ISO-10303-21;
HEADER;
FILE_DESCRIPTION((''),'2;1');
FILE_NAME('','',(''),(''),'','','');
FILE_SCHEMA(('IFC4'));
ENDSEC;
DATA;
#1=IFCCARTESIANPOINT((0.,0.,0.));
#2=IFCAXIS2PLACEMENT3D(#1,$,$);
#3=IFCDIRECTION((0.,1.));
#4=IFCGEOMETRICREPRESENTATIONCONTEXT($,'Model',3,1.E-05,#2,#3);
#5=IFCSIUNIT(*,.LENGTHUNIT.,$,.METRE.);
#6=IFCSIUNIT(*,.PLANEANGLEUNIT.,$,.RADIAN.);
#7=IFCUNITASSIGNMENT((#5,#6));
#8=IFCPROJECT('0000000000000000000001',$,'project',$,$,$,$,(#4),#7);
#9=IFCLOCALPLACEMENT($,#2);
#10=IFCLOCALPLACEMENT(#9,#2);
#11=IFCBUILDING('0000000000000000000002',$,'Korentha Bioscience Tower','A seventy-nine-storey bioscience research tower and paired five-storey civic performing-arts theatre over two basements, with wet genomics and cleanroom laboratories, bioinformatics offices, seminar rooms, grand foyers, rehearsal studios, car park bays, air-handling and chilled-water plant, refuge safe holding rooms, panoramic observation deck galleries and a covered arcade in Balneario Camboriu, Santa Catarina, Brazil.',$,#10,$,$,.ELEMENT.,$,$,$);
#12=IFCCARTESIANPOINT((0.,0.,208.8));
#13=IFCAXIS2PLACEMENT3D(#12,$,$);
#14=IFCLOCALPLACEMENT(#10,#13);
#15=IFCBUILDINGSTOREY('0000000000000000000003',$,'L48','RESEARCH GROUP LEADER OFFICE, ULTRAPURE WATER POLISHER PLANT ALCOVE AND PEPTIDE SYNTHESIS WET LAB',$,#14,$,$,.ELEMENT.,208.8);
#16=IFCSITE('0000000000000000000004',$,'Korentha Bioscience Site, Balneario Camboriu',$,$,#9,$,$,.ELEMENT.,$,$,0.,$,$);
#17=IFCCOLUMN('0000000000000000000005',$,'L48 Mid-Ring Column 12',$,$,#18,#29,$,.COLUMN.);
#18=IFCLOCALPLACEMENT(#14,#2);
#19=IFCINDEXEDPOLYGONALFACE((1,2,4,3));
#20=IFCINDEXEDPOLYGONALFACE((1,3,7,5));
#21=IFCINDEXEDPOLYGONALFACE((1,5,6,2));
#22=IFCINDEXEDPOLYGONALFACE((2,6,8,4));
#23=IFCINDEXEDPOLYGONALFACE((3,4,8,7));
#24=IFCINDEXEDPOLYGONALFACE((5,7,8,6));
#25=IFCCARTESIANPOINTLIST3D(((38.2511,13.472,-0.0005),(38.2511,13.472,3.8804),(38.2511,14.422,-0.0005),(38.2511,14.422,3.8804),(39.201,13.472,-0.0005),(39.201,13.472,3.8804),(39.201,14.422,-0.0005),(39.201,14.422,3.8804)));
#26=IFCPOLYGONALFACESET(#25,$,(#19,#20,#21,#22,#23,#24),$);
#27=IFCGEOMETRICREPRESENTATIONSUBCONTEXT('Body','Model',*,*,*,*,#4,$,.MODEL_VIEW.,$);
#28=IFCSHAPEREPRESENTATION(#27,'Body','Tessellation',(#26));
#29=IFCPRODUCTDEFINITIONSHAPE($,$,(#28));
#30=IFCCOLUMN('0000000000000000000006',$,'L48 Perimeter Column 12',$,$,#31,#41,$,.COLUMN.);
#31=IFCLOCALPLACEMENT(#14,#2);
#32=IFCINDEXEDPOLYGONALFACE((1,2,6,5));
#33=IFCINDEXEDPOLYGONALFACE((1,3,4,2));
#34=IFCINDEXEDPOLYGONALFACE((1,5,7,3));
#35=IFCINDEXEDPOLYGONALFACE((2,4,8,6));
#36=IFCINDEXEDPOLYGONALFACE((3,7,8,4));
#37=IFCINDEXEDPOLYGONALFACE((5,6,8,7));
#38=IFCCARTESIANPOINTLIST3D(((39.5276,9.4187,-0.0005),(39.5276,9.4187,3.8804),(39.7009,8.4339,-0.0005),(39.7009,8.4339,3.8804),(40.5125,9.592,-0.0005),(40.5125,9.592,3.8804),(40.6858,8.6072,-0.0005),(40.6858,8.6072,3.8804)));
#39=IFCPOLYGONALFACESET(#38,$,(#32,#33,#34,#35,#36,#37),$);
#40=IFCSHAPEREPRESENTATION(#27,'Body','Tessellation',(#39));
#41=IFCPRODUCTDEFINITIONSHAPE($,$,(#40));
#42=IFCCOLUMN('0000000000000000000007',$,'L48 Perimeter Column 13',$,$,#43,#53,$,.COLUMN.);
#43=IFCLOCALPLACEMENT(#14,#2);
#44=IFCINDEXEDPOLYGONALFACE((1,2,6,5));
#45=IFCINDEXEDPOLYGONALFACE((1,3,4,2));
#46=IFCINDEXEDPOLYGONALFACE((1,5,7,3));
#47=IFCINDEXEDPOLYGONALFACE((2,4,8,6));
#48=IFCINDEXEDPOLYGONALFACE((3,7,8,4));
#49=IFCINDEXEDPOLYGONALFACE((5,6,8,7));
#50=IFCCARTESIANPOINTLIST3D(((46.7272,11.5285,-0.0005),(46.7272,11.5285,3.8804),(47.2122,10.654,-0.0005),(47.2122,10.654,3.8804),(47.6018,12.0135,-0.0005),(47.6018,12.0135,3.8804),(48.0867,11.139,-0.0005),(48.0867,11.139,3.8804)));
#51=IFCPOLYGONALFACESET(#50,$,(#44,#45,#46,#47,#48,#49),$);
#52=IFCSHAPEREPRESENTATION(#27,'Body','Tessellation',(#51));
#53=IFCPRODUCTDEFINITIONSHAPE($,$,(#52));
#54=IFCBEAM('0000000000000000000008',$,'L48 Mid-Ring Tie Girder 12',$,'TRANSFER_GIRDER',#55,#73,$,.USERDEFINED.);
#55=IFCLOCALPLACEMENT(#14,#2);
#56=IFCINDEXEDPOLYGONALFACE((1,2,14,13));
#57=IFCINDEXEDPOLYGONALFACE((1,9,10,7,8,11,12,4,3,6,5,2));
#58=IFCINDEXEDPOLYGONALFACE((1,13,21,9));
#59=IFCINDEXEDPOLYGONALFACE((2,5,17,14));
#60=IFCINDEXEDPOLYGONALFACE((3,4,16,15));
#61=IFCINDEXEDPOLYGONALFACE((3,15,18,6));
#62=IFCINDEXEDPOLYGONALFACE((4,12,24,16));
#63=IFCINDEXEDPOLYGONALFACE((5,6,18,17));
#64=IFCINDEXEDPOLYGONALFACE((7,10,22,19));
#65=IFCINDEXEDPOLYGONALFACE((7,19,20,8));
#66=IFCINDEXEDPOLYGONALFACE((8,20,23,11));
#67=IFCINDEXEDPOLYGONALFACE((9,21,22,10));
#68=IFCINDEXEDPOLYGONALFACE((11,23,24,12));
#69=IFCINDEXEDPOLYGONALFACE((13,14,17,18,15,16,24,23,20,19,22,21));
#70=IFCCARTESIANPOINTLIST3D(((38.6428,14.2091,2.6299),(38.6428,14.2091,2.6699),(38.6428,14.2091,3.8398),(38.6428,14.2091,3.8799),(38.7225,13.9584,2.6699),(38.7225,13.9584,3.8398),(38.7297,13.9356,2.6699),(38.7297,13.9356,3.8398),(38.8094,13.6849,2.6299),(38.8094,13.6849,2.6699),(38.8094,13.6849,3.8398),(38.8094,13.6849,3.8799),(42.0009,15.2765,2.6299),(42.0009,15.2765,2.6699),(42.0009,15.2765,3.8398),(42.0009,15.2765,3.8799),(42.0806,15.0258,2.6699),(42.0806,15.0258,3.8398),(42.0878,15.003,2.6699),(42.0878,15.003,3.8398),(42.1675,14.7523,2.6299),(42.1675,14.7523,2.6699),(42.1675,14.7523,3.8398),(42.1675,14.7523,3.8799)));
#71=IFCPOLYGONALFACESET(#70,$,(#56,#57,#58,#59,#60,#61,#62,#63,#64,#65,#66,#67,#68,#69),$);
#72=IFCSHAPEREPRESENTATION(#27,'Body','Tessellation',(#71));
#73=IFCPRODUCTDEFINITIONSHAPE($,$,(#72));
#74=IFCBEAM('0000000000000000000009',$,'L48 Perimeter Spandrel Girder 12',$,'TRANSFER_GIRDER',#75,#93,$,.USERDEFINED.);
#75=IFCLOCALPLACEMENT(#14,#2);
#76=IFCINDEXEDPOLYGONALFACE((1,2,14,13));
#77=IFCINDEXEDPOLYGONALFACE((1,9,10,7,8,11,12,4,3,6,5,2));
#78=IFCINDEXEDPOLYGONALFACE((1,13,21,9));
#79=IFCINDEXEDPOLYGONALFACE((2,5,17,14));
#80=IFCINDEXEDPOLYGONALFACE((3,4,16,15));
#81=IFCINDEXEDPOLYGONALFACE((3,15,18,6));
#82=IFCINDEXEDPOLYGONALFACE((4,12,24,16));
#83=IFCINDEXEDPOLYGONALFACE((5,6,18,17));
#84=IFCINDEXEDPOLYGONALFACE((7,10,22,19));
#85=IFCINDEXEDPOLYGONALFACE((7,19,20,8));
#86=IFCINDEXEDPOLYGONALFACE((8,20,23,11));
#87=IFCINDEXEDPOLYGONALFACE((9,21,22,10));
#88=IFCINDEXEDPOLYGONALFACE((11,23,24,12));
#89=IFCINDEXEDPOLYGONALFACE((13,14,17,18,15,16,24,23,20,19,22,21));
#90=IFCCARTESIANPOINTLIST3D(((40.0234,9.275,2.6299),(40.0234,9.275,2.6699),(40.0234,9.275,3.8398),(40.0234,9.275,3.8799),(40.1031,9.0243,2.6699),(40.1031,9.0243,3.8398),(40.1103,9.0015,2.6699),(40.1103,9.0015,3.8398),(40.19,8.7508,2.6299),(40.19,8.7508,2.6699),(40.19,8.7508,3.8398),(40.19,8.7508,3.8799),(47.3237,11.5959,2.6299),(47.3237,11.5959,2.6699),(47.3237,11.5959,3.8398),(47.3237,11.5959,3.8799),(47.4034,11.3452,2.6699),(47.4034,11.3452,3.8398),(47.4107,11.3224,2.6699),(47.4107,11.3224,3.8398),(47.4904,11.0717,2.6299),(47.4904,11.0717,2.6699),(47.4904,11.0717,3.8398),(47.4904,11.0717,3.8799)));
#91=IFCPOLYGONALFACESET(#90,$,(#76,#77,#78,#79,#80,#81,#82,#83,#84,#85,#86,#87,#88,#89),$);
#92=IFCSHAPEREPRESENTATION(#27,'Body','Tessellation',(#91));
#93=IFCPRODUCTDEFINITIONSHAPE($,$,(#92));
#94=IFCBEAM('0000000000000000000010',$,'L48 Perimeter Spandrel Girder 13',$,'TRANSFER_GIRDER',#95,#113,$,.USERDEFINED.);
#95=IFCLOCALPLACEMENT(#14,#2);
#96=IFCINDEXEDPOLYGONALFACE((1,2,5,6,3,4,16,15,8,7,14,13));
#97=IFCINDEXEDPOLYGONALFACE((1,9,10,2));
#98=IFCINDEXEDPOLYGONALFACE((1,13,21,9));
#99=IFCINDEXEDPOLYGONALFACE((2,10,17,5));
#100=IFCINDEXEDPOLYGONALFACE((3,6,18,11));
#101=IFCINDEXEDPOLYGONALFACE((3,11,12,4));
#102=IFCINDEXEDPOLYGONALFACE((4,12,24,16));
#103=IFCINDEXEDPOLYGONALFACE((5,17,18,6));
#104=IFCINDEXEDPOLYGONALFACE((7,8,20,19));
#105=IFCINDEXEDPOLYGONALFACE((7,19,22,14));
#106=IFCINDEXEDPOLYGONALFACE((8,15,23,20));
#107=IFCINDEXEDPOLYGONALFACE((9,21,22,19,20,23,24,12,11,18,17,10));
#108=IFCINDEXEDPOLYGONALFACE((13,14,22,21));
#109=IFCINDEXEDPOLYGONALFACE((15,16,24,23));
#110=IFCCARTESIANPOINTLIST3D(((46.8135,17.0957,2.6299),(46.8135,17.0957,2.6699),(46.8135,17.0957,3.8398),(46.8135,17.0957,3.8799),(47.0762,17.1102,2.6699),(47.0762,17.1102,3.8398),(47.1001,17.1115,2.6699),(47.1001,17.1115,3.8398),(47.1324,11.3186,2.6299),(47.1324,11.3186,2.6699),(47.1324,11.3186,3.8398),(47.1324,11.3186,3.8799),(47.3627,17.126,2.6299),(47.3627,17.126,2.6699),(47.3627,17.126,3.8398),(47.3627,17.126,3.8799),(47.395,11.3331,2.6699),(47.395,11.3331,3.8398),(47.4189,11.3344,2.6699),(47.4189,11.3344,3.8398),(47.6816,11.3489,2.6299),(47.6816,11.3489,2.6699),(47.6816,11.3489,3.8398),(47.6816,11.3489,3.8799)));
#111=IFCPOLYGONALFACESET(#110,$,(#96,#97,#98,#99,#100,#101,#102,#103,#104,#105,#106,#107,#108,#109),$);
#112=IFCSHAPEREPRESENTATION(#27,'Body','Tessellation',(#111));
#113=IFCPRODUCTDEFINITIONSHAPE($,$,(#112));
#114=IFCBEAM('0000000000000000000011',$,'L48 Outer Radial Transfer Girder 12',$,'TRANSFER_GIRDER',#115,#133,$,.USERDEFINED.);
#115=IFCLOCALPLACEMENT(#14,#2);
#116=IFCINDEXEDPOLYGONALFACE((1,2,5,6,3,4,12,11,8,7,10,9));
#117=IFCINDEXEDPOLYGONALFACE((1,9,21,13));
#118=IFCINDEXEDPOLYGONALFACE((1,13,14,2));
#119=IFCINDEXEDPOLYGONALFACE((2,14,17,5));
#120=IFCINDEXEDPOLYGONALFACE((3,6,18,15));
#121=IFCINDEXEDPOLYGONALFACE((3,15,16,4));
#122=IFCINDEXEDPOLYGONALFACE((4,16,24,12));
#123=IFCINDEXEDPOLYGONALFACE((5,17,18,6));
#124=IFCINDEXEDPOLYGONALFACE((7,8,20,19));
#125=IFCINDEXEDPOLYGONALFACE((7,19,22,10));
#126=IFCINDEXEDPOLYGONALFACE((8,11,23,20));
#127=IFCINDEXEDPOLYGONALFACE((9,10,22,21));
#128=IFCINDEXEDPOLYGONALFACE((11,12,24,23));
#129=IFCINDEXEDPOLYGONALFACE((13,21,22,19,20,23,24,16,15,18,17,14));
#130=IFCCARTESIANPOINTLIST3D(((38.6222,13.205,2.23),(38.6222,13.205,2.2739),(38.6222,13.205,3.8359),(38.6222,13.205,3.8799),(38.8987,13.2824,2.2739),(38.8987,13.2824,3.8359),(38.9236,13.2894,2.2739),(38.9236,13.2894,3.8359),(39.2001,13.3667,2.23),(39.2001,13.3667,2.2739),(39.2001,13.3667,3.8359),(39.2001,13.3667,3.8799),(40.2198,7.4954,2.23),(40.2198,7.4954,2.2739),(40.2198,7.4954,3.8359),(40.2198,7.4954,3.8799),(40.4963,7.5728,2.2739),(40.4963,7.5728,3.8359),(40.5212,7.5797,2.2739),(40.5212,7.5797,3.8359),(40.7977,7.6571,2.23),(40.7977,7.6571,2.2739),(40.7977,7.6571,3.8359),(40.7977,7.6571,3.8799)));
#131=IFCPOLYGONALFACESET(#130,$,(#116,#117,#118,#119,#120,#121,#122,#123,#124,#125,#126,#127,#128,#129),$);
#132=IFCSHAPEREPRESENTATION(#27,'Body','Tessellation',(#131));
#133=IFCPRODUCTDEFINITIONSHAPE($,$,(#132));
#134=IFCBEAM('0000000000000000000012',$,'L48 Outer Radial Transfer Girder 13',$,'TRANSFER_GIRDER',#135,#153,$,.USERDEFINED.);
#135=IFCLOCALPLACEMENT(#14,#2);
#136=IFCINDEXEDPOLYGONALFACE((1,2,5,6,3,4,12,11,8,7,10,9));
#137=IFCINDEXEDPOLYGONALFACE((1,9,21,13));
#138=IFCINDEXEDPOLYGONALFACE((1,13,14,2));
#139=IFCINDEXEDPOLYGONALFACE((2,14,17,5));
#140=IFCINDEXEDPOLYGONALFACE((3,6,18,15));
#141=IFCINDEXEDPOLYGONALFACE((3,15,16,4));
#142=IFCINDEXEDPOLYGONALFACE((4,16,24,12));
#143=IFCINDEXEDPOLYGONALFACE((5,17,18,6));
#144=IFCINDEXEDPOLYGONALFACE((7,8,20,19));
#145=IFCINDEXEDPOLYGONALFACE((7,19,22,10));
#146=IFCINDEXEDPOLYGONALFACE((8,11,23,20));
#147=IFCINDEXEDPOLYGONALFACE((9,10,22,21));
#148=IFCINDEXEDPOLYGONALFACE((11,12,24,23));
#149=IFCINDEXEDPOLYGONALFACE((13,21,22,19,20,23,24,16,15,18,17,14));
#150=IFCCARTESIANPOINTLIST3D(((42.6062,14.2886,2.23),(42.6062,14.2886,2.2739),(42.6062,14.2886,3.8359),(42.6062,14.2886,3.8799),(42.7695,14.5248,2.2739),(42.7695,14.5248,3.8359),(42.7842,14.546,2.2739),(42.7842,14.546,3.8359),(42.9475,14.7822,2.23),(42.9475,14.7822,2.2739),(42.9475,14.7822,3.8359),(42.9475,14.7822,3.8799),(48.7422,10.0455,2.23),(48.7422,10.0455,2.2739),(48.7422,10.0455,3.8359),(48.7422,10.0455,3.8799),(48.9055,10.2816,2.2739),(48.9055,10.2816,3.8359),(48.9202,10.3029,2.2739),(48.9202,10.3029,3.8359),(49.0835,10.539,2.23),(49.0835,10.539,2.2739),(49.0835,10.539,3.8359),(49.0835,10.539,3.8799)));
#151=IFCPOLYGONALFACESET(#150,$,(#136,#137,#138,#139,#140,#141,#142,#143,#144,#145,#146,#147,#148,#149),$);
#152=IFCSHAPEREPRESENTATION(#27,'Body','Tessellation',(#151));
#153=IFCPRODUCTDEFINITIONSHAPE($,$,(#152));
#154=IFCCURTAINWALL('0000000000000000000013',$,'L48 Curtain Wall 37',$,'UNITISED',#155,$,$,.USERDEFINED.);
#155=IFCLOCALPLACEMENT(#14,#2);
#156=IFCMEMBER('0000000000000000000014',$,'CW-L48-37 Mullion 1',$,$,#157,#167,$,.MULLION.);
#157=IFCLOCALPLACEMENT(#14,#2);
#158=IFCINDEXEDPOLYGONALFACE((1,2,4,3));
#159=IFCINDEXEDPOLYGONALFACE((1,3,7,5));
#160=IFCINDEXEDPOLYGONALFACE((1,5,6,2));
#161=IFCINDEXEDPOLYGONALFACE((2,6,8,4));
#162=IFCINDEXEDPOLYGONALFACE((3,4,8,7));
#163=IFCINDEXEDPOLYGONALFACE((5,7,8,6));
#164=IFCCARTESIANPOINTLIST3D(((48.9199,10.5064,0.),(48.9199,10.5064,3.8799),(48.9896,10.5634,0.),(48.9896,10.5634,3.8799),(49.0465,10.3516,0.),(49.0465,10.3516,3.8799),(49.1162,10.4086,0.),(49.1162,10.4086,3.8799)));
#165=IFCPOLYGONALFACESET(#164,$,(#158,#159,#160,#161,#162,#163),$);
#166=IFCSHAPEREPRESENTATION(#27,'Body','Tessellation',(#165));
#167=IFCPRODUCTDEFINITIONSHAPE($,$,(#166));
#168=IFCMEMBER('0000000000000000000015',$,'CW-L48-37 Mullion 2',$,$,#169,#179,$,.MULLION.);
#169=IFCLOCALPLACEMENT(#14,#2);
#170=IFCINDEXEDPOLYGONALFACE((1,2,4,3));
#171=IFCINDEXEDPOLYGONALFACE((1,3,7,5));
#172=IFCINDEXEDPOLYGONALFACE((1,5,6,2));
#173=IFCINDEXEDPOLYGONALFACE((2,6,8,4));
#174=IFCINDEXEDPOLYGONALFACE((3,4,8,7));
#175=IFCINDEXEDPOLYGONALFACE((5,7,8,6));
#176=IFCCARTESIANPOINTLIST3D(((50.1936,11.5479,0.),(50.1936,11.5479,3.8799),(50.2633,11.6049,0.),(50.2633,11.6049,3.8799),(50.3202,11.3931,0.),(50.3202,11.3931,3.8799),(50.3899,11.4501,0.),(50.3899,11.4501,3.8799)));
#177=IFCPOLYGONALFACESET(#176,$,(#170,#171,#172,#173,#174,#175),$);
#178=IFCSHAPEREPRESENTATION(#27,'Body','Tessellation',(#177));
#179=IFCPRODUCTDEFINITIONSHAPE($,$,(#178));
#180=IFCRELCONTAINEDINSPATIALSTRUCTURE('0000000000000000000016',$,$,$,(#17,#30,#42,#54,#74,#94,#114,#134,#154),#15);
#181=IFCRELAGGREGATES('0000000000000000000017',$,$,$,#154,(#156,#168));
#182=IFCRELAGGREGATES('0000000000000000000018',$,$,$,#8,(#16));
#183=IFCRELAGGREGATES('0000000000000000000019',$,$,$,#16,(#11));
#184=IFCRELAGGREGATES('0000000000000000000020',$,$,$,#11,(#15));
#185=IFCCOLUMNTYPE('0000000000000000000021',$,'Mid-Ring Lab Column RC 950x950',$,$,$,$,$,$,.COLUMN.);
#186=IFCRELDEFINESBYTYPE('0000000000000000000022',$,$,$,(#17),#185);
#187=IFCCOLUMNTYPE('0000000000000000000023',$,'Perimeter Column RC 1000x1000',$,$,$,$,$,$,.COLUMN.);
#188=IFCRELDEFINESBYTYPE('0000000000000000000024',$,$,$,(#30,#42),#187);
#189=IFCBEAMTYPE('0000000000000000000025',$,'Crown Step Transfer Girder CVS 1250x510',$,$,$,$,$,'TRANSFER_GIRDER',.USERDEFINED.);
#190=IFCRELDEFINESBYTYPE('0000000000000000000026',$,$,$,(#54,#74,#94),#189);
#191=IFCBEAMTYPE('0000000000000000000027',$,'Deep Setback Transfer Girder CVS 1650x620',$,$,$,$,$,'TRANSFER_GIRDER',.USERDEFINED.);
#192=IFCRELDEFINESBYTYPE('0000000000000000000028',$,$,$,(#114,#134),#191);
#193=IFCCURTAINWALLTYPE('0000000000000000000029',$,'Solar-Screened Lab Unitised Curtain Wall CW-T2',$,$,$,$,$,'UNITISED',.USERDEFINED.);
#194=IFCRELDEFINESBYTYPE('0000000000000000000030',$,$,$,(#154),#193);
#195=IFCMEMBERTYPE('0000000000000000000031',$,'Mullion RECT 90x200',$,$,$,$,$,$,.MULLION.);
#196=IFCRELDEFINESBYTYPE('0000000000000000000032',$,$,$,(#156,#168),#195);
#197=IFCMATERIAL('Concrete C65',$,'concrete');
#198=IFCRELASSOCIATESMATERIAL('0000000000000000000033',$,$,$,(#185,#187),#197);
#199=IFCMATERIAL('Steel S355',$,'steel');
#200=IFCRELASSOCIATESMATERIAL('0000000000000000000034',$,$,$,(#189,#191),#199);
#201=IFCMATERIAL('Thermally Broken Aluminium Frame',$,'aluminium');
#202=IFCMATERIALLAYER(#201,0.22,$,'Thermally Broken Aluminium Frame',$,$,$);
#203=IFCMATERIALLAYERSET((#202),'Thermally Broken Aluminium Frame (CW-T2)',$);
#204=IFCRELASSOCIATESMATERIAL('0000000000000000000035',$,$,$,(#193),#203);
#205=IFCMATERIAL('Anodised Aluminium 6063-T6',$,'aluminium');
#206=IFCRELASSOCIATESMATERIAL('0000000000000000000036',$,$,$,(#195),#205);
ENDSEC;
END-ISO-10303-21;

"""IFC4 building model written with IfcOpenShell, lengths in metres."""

from ifc_helpers import new_model, si_unit, direction, frame, origin, origin_2d, place, context, subcontext, project, spatial, rectangle, i_section, extrude, material, layer, layer_set, material_profile, profile_set, type_object, element, aggregate, save


model = new_model("IFC4")

# Units and contexts
model_context = context("Model", 3, precision=1e-05, world=origin(), true_north=direction((0.0, 1.0)))
body_context = subcontext(model_context, "Body", "Model", "MODEL_VIEW")
ifc_project = project(units=[si_unit("LENGTHUNIT", "METRE"), si_unit("PLANEANGLEUNIT", "RADIAN")], contexts=[model_context])

# Site, building, storey
site_placement = place(None, origin())
site = spatial("IfcSite", under=ifc_project, at=site_placement, Name="Korentha Bioscience Site, Balneario Camboriu", CompositionType="ELEMENT", RefElevation=0.0)
building_placement = place(site_placement, origin())
building = spatial("IfcBuilding", under=site, at=building_placement, Name="Korentha Bioscience Tower", Description="A seventy-nine-storey bioscience research tower and paired five-storey civic performing-arts theatre over two basements, with wet genomics and cleanroom laboratories, bioinformatics offices, seminar rooms, grand foyers, rehearsal studios, car park bays, air-handling and chilled-water plant, refuge safe holding rooms, panoramic observation deck galleries and a covered arcade in Balneario Camboriu, Santa Catarina, Brazil.", CompositionType="ELEMENT")
storey_placement = place(building_placement, frame((0.0, 0.0, 208.8)))
storey = spatial("IfcBuildingStorey", under=building, at=storey_placement, Name="L48", Description="RESEARCH GROUP LEADER OFFICE, ULTRAPURE WATER POLISHER PLANT ALCOVE AND PEPTIDE SYNTHESIS WET LAB", CompositionType="ELEMENT", Elevation=208.8)

# Columns
ifc_material_1 = material(Name="Concrete C65", Category="concrete")
ifc_material_profile_1 = material_profile(ifc_material_1, rectangle(XDim=0.95, YDim=0.95, at=origin_2d()), Name="Concrete C65")
ifc_profile_set_1 = profile_set([ifc_material_profile_1], Name="Concrete C65 (COL-MR09)")
column_type_1 = type_object("IfcColumnType", Name="Mid-Ring Lab Column RC 950x950", PredefinedType="COLUMN", material=ifc_profile_set_1)
column_placement = place(storey_placement, frame((38.7261, 13.947, -0.0005), z_axis=(0.0, 0.0, 1.0), x_axis=(1.0, 0.0, 0.0)))
element("IfcColumn", 1, at=column_placement, inside=storey, type_object=column_type_1, Name="L48 Mid-Ring Column 12", PredefinedType="COLUMN", context=body_context, shape_type="SweptSolid", body=[
    extrude(rectangle(XDim=0.95, YDim=0.95, at=origin_2d()), origin(), (0.0, 0.0, 1.0), 3.8809),
])
ifc_material_profile_2 = material_profile(ifc_material_1, rectangle(XDim=1.0, YDim=1.0, at=origin_2d()), Name="Concrete C65")
ifc_profile_set_2 = profile_set([ifc_material_profile_2], Name="Concrete C65 (COL-P10)")
column_type_2 = type_object("IfcColumnType", Name="Perimeter Column RC 1000x1000", PredefinedType="COLUMN", material=ifc_profile_set_2)
for number, where, z_axis, x_axis, name in (
    (2, (40.1067, 9.0129, -0.0005), (0.0, 0.0, 1.0), (0.984868, 0.173304, 0.0), "L48 Perimeter Column 12"),
    (3, (47.407, 11.3337, -0.0005), (0.0, 0.0, 1.0), (0.874535, 0.484962, 0.0), "L48 Perimeter Column 13"),
):
    element("IfcColumn", number, at=place(storey_placement, frame(where, z_axis=z_axis, x_axis=x_axis)), inside=storey, type_object=column_type_2, Name=name, PredefinedType="COLUMN", context=body_context, shape_type="SweptSolid", body=[
        extrude(rectangle(XDim=1.0, YDim=1.0, at=origin_2d()), origin(), (0.0, 0.0, 1.0), 3.8809),
    ])

# Beams
ifc_material_2 = material(Name="Steel S355", Category="steel")
ifc_material_profile_3 = material_profile(ifc_material_2, i_section(OverallWidth=0.55, OverallDepth=1.25, WebThickness=0.0239, FlangeThickness=0.04, at=origin_2d()), Name="Steel S355")
ifc_profile_set_3 = profile_set([ifc_material_profile_3], Name="Steel S355 (TG-03)")
beam_type_1 = type_object("IfcBeamType", Name="Crown Step Transfer Girder CVS 1250x510", ElementType="TRANSFER_GIRDER", PredefinedType="USERDEFINED", material=ifc_profile_set_3)
beam_1_placement = place(storey_placement, frame((38.7261, 13.947, 3.2549), z_axis=(0.953018, 0.302915, 0.0), x_axis=(-0.302915, 0.953018, 0.0)))
element("IfcBeam", 4, at=beam_1_placement, inside=storey, type_object=beam_type_1, Name="L48 Mid-Ring Tie Girder 12", ObjectType="TRANSFER_GIRDER", PredefinedType="USERDEFINED", context=body_context, shape_type="SweptSolid", body=[
    extrude(i_section(OverallWidth=0.55, OverallDepth=1.25, WebThickness=0.0239, FlangeThickness=0.04, at=origin_2d()), origin(), (0.0, 0.0, 1.0), 3.5237),
])
beam_2_placement = place(storey_placement, frame((40.1067, 9.0129, 3.2549), z_axis=(0.953002, 0.302964, 0.0), x_axis=(-0.302964, 0.953002, 0.0)))
element("IfcBeam", 5, at=beam_2_placement, inside=storey, type_object=beam_type_1, Name="L48 Perimeter Spandrel Girder 12", ObjectType="TRANSFER_GIRDER", PredefinedType="USERDEFINED", context=body_context, shape_type="SweptSolid", body=[
    extrude(i_section(OverallWidth=0.55, OverallDepth=1.25, WebThickness=0.0239, FlangeThickness=0.04, at=origin_2d()), origin(), (0.0, 0.0, 1.0), 7.6604),
])
beam_3_placement = place(storey_placement, frame((47.407, 11.3337, 3.2549), z_axis=(-0.055108, 0.99848, 0.0), x_axis=(-0.99848, -0.055108, 0.0)))
element("IfcBeam", 6, at=beam_3_placement, inside=storey, type_object=beam_type_1, Name="L48 Perimeter Spandrel Girder 13", ObjectType="TRANSFER_GIRDER", PredefinedType="USERDEFINED", context=body_context, shape_type="SweptSolid", body=[
    extrude(i_section(OverallWidth=0.55, OverallDepth=1.25, WebThickness=0.0239, FlangeThickness=0.04, at=origin_2d()), origin(), (0.0, 0.0, 1.0), 5.7859),
])
ifc_material_profile_4 = material_profile(ifc_material_2, i_section(OverallWidth=0.6001, OverallDepth=1.6499, WebThickness=0.0259, FlangeThickness=0.0439, at=origin_2d()), Name="Steel S355")
ifc_profile_set_4 = profile_set([ifc_material_profile_4], Name="Steel S355 (TG-04)")
beam_type_2 = type_object("IfcBeamType", Name="Deep Setback Transfer Girder CVS 1650x620", ElementType="TRANSFER_GIRDER", PredefinedType="USERDEFINED", material=ifc_profile_set_4)
beam_4_placement = place(storey_placement, frame((38.9111, 13.2859, 3.0549), z_axis=(0.269463, -0.963011, 0.0), x_axis=(0.963011, 0.269463, 0.0)))
element("IfcBeam", 7, at=beam_4_placement, inside=storey, type_object=beam_type_2, Name="L48 Outer Radial Transfer Girder 12", ObjectType="TRANSFER_GIRDER", PredefinedType="USERDEFINED", context=body_context, shape_type="SweptSolid", body=[
    extrude(i_section(OverallWidth=0.6001, OverallDepth=1.6499, WebThickness=0.0259, FlangeThickness=0.0439, at=origin_2d()), origin(), (0.0, 0.0, 1.0), 5.929),
])
beam_5_placement = place(storey_placement, frame((42.7769, 14.5354, 3.0549), z_axis=(0.822495, -0.568773, 0.0), x_axis=(0.568773, 0.822495, 0.0)))
element("IfcBeam", 8, at=beam_5_placement, inside=storey, type_object=beam_type_2, Name="L48 Outer Radial Transfer Girder 13", ObjectType="TRANSFER_GIRDER", PredefinedType="USERDEFINED", context=body_context, shape_type="SweptSolid", body=[
    extrude(i_section(OverallWidth=0.6001, OverallDepth=1.6499, WebThickness=0.0259, FlangeThickness=0.0439, at=origin_2d()), origin(), (0.0, 0.0, 1.0), 7.4602),
])

# Curtain wall, members
ifc_material_3 = material(Name="Thermally Broken Aluminium Frame", Category="aluminium")
ifc_layer_1 = layer(ifc_material_3, 0.22, Name="Thermally Broken Aluminium Frame")
ifc_layer_set_1 = layer_set([ifc_layer_1], Name="Thermally Broken Aluminium Frame (CW-T2)")
curtain_wall_type = type_object("IfcCurtainWallType", Name="Solar-Screened Lab Unitised Curtain Wall CW-T2", ElementType="UNITISED", PredefinedType="USERDEFINED", material=ifc_layer_set_1)
curtain_wall_placement = place(storey_placement, origin())
curtain_wall = element("IfcCurtainWall", 9, at=curtain_wall_placement, inside=storey, type_object=curtain_wall_type, Name="L48 Curtain Wall 37", ObjectType="UNITISED", PredefinedType="USERDEFINED")
ifc_material_4 = material(Name="Anodised Aluminium 6063-T6", Category="aluminium")
ifc_material_profile_5 = material_profile(ifc_material_4, rectangle(XDim=0.0901, YDim=0.2, at=origin_2d()), Name="Anodised Aluminium 6063-T6")
ifc_profile_set_5 = profile_set([ifc_material_profile_5], Name="Anodised Aluminium 6063-T6 (CW-MUL)")
member_type_1 = type_object("IfcMemberType", Name="Mullion RECT 90x200", PredefinedType="MULLION", material=ifc_profile_set_5)
member_1_placement = place(storey_placement, frame((49.0181, 10.4575, 0.0), z_axis=(0.0, 0.0, 1.0), x_axis=(0.774088, 0.633078, 0.0)))
member_1 = element("IfcMember", 10, at=member_1_placement, type_object=member_type_1, Name="CW-L48-37 Mullion 1", PredefinedType="MULLION", context=body_context, shape_type="SweptSolid", body=[
    extrude(rectangle(XDim=0.0901, YDim=0.2, at=origin_2d()), origin(), (0.0, 0.0, 1.0), 3.8799),
])
member_2_placement = place(storey_placement, frame((50.2917, 11.499, 0.0), z_axis=(0.0, 0.0, 1.0), x_axis=(0.774088, 0.633078, 0.0)))
member_2 = element("IfcMember", 11, at=member_2_placement, type_object=member_type_1, Name="CW-L48-37 Mullion 2", PredefinedType="MULLION", context=body_context, shape_type="SweptSolid", body=[
    extrude(rectangle(XDim=0.0901, YDim=0.2, at=origin_2d()), origin(), (0.0, 0.0, 1.0), 3.8799),
])
aggregate(curtain_wall, [member_1, member_2])

save(model, "model.ifc")
